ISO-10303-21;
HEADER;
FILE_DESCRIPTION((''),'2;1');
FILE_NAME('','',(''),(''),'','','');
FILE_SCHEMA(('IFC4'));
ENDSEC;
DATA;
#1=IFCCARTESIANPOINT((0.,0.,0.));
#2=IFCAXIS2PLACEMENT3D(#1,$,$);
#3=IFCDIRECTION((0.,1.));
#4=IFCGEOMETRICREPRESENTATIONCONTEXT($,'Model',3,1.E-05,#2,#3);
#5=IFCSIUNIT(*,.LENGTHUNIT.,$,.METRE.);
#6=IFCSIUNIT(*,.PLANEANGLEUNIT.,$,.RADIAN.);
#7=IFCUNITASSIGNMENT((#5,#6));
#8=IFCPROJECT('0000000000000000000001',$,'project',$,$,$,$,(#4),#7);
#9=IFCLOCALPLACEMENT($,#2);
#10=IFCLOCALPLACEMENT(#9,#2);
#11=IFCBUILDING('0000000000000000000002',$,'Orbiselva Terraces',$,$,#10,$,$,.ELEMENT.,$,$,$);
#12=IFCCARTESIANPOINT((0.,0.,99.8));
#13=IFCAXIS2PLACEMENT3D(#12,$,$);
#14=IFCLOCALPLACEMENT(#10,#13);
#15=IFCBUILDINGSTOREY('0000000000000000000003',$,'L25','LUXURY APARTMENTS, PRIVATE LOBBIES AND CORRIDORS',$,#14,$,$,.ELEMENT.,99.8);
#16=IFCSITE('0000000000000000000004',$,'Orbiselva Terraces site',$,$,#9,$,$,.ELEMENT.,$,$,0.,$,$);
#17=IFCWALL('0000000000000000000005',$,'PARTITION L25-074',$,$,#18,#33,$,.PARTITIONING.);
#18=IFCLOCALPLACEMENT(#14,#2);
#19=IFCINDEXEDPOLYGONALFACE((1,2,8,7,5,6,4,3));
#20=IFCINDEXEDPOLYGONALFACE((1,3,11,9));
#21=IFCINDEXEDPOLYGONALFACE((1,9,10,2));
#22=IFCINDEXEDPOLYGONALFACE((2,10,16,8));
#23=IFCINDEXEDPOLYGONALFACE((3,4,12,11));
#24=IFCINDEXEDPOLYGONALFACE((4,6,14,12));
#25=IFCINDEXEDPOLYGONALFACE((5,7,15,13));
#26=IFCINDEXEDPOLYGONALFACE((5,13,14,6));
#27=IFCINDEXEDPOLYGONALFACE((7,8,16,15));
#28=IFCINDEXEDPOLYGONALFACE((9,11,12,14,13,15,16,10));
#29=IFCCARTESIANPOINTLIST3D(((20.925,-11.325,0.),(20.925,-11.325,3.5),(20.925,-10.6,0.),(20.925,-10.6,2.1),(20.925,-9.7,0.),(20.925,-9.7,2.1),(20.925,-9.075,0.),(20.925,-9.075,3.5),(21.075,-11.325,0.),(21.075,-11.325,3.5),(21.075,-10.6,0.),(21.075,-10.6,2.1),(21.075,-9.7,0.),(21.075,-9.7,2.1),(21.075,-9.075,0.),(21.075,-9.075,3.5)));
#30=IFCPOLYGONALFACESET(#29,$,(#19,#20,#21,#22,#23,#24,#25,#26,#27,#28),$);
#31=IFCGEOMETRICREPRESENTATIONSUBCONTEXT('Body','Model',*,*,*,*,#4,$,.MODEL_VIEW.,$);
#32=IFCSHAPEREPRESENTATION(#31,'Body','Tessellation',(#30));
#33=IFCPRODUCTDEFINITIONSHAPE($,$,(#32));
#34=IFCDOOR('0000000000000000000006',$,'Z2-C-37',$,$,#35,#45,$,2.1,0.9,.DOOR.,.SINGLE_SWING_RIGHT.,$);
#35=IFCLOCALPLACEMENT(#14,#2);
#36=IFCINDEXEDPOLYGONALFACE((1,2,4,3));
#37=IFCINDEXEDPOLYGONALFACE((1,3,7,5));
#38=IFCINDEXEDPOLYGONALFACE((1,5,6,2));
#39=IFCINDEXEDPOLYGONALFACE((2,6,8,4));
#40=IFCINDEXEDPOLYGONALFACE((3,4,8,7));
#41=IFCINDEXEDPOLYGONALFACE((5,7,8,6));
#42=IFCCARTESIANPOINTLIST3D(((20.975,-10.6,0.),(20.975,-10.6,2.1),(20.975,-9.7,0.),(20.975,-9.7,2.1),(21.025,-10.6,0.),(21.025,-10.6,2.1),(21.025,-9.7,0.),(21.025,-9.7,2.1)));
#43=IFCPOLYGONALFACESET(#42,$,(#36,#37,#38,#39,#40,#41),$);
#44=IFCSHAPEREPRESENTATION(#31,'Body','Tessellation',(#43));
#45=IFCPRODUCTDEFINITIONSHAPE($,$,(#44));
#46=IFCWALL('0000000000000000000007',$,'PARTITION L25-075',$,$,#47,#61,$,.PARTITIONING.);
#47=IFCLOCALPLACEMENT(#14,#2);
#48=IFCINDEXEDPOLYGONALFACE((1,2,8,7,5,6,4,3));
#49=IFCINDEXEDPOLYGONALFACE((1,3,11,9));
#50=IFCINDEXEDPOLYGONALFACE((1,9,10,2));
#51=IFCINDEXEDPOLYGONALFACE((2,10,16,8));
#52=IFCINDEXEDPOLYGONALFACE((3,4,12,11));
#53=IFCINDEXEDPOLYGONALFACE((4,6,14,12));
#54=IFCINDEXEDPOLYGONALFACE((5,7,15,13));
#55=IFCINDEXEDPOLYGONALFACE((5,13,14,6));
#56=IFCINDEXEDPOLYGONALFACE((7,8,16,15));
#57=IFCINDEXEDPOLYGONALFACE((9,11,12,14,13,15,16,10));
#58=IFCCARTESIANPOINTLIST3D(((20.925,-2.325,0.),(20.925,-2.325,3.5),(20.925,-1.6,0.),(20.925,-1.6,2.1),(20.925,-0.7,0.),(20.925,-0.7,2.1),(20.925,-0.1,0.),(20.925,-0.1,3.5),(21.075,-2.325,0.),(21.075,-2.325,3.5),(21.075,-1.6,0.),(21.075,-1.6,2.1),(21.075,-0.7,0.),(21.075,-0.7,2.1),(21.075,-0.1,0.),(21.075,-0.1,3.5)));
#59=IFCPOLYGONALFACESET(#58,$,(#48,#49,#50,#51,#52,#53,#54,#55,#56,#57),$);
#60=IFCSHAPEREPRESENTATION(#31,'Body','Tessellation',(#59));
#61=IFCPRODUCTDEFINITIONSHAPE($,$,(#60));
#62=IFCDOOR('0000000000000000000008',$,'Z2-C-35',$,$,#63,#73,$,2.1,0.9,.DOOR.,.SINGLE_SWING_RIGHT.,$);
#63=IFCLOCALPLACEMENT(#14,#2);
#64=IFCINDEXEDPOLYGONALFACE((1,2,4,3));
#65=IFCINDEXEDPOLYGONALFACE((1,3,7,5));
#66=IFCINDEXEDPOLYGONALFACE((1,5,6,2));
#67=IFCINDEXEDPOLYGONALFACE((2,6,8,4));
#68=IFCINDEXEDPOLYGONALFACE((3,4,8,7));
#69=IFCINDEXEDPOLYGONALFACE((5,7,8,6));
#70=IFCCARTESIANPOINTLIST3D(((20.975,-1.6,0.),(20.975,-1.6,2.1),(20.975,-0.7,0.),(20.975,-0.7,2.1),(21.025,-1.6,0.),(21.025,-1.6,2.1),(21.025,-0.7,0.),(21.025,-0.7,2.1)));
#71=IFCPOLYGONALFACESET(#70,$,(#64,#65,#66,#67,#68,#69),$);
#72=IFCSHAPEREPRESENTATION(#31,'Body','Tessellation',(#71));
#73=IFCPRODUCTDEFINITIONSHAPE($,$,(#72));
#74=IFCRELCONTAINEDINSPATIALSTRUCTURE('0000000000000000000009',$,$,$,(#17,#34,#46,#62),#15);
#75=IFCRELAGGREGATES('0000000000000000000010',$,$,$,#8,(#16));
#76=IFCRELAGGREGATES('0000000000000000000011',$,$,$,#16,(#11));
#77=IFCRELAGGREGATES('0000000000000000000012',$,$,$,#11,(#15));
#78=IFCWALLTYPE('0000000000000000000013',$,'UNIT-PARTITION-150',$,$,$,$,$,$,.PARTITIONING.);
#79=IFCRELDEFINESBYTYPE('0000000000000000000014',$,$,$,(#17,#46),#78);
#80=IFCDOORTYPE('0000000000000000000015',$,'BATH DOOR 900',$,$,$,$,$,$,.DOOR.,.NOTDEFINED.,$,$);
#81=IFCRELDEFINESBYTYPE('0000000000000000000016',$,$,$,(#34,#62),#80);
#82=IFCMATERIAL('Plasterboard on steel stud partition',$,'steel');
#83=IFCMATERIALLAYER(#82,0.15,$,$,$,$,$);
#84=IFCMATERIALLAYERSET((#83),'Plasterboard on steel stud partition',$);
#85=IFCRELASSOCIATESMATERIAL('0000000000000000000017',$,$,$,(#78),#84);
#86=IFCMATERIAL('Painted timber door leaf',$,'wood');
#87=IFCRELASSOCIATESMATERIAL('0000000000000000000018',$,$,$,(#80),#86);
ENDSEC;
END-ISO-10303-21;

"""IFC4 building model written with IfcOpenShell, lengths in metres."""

from ifc_helpers import new_model, si_unit, direction, frame, frame_2d, origin, place, context, subcontext, project, spatial, rectangle, extrude, material, layer, layer_set, type_object, element, fill, save


model = new_model("IFC4")

# Units and contexts
model_context = context("Model", 3, precision=1e-05, world=origin(), true_north=direction((0.0, 1.0)))
body_context = subcontext(model_context, "Body", "Model", "MODEL_VIEW")
ifc_project = project(units=[si_unit("LENGTHUNIT", "METRE"), si_unit("PLANEANGLEUNIT", "RADIAN")], contexts=[model_context])

# Site, building, storey
site_placement = place(None, origin())
site = spatial("IfcSite", under=ifc_project, at=site_placement, Name="Orbiselva Terraces site", CompositionType="ELEMENT", RefElevation=0.0)
building_placement = place(site_placement, origin())
building = spatial("IfcBuilding", under=site, at=building_placement, Name="Orbiselva Terraces", CompositionType="ELEMENT")
storey_placement = place(building_placement, frame((0.0, 0.0, 99.8)))
storey = spatial("IfcBuildingStorey", under=building, at=storey_placement, Name="L25", Description="LUXURY APARTMENTS, PRIVATE LOBBIES AND CORRIDORS", CompositionType="ELEMENT", Elevation=99.8)

# Shared definitions
ifc_material_1 = material(Name="Plasterboard on steel stud partition", Category="steel")
ifc_layer_1 = layer(ifc_material_1, 0.15)
ifc_layer_set_1 = layer_set([ifc_layer_1], Name="Plasterboard on steel stud partition")
wall_type_1 = type_object("IfcWallType", Name="UNIT-PARTITION-150", PredefinedType="PARTITIONING", material=ifc_layer_set_1)

# Shared definitions
ifc_material_2 = material(Name="Painted timber door leaf", Category="wood")

# Walls, openings, doors
wall_1_placement = place(storey_placement, frame((21.0, -11.325, 0.0), z_axis=(0.0, 0.0, 1.0), x_axis=(0.0, 1.0, 0.0)))
wall_1 = element("IfcWall", 1, at=wall_1_placement, inside=storey, type_object=wall_type_1, Name="PARTITION L25-074", PredefinedType="PARTITIONING", context=body_context, shape_type="SweptSolid", body=[
    extrude(rectangle(XDim=2.25, YDim=0.15, at=frame_2d((1.125, 0.0))), origin(), (0.0, 0.0, 1.0), 3.5),
])
opening_1_placement = place(wall_1_placement, frame((0.725, 0.0, 0.0)))
opening_1 = element("IfcOpeningElement", 2, at=opening_1_placement, cuts=wall_1, PredefinedType="OPENING", context=body_context, shape_type="SweptSolid", body=[
    extrude(rectangle(XDim=0.9, YDim=2.1, at=frame_2d((0.45, 1.05))), frame((0.0, 0.085, 0.0), z_axis=(0.0, -1.0, 0.0), x_axis=(1.0, 0.0, 0.0)), (0.0, 0.0, 1.0), 0.17),
])
door_type_1 = type_object("IfcDoorType", Name="BATH DOOR 900", OperationType="NOTDEFINED", PredefinedType="DOOR", material=ifc_material_2)
door_1_placement = place(opening_1_placement, origin())
door_1 = element("IfcDoor", 3, at=door_1_placement, inside=storey, type_object=door_type_1, Name="Z2-C-37", OperationType="SINGLE_SWING_RIGHT", OverallHeight=2.1, OverallWidth=0.9, PredefinedType="DOOR", context=body_context, shape_type="SweptSolid", body=[
    extrude(rectangle(XDim=0.9, YDim=2.1, at=frame_2d((0.45, 1.05))), frame((0.0, 0.025, 0.0), z_axis=(0.0, -1.0, 0.0), x_axis=(1.0, 0.0, 0.0)), (0.0, 0.0, 1.0), 0.05),
])
fill(opening_1, door_1)
wall_2_placement = place(storey_placement, frame((21.0, -2.325, 0.0), z_axis=(0.0, 0.0, 1.0), x_axis=(0.0, 1.0, 0.0)))
wall_2 = element("IfcWall", 4, at=wall_2_placement, inside=storey, type_object=wall_type_1, Name="PARTITION L25-075", PredefinedType="PARTITIONING", context=body_context, shape_type="SweptSolid", body=[
    extrude(rectangle(XDim=2.225, YDim=0.15, at=frame_2d((1.1125, 0.0))), origin(), (0.0, 0.0, 1.0), 3.5),
])
opening_2_placement = place(wall_2_placement, frame((0.725, 0.0, 0.0)))
opening_2 = element("IfcOpeningElement", 5, at=opening_2_placement, cuts=wall_2, PredefinedType="OPENING", context=body_context, shape_type="SweptSolid", body=[
    extrude(rectangle(XDim=0.9, YDim=2.1, at=frame_2d((0.45, 1.05))), frame((0.0, 0.085, 0.0), z_axis=(0.0, -1.0, 0.0), x_axis=(1.0, 0.0, 0.0)), (0.0, 0.0, 1.0), 0.17),
])
door_2_placement = place(opening_2_placement, origin())
door_2 = element("IfcDoor", 6, at=door_2_placement, inside=storey, type_object=door_type_1, Name="Z2-C-35", OperationType="SINGLE_SWING_RIGHT", OverallHeight=2.1, OverallWidth=0.9, PredefinedType="DOOR", context=body_context, shape_type="SweptSolid", body=[
    extrude(rectangle(XDim=0.9, YDim=2.1, at=frame_2d((0.45, 1.05))), frame((0.0, 0.025, 0.0), z_axis=(0.0, -1.0, 0.0), x_axis=(1.0, 0.0, 0.0)), (0.0, 0.0, 1.0), 0.05),
])
fill(opening_2, door_2)

save(model, "model.ifc")
